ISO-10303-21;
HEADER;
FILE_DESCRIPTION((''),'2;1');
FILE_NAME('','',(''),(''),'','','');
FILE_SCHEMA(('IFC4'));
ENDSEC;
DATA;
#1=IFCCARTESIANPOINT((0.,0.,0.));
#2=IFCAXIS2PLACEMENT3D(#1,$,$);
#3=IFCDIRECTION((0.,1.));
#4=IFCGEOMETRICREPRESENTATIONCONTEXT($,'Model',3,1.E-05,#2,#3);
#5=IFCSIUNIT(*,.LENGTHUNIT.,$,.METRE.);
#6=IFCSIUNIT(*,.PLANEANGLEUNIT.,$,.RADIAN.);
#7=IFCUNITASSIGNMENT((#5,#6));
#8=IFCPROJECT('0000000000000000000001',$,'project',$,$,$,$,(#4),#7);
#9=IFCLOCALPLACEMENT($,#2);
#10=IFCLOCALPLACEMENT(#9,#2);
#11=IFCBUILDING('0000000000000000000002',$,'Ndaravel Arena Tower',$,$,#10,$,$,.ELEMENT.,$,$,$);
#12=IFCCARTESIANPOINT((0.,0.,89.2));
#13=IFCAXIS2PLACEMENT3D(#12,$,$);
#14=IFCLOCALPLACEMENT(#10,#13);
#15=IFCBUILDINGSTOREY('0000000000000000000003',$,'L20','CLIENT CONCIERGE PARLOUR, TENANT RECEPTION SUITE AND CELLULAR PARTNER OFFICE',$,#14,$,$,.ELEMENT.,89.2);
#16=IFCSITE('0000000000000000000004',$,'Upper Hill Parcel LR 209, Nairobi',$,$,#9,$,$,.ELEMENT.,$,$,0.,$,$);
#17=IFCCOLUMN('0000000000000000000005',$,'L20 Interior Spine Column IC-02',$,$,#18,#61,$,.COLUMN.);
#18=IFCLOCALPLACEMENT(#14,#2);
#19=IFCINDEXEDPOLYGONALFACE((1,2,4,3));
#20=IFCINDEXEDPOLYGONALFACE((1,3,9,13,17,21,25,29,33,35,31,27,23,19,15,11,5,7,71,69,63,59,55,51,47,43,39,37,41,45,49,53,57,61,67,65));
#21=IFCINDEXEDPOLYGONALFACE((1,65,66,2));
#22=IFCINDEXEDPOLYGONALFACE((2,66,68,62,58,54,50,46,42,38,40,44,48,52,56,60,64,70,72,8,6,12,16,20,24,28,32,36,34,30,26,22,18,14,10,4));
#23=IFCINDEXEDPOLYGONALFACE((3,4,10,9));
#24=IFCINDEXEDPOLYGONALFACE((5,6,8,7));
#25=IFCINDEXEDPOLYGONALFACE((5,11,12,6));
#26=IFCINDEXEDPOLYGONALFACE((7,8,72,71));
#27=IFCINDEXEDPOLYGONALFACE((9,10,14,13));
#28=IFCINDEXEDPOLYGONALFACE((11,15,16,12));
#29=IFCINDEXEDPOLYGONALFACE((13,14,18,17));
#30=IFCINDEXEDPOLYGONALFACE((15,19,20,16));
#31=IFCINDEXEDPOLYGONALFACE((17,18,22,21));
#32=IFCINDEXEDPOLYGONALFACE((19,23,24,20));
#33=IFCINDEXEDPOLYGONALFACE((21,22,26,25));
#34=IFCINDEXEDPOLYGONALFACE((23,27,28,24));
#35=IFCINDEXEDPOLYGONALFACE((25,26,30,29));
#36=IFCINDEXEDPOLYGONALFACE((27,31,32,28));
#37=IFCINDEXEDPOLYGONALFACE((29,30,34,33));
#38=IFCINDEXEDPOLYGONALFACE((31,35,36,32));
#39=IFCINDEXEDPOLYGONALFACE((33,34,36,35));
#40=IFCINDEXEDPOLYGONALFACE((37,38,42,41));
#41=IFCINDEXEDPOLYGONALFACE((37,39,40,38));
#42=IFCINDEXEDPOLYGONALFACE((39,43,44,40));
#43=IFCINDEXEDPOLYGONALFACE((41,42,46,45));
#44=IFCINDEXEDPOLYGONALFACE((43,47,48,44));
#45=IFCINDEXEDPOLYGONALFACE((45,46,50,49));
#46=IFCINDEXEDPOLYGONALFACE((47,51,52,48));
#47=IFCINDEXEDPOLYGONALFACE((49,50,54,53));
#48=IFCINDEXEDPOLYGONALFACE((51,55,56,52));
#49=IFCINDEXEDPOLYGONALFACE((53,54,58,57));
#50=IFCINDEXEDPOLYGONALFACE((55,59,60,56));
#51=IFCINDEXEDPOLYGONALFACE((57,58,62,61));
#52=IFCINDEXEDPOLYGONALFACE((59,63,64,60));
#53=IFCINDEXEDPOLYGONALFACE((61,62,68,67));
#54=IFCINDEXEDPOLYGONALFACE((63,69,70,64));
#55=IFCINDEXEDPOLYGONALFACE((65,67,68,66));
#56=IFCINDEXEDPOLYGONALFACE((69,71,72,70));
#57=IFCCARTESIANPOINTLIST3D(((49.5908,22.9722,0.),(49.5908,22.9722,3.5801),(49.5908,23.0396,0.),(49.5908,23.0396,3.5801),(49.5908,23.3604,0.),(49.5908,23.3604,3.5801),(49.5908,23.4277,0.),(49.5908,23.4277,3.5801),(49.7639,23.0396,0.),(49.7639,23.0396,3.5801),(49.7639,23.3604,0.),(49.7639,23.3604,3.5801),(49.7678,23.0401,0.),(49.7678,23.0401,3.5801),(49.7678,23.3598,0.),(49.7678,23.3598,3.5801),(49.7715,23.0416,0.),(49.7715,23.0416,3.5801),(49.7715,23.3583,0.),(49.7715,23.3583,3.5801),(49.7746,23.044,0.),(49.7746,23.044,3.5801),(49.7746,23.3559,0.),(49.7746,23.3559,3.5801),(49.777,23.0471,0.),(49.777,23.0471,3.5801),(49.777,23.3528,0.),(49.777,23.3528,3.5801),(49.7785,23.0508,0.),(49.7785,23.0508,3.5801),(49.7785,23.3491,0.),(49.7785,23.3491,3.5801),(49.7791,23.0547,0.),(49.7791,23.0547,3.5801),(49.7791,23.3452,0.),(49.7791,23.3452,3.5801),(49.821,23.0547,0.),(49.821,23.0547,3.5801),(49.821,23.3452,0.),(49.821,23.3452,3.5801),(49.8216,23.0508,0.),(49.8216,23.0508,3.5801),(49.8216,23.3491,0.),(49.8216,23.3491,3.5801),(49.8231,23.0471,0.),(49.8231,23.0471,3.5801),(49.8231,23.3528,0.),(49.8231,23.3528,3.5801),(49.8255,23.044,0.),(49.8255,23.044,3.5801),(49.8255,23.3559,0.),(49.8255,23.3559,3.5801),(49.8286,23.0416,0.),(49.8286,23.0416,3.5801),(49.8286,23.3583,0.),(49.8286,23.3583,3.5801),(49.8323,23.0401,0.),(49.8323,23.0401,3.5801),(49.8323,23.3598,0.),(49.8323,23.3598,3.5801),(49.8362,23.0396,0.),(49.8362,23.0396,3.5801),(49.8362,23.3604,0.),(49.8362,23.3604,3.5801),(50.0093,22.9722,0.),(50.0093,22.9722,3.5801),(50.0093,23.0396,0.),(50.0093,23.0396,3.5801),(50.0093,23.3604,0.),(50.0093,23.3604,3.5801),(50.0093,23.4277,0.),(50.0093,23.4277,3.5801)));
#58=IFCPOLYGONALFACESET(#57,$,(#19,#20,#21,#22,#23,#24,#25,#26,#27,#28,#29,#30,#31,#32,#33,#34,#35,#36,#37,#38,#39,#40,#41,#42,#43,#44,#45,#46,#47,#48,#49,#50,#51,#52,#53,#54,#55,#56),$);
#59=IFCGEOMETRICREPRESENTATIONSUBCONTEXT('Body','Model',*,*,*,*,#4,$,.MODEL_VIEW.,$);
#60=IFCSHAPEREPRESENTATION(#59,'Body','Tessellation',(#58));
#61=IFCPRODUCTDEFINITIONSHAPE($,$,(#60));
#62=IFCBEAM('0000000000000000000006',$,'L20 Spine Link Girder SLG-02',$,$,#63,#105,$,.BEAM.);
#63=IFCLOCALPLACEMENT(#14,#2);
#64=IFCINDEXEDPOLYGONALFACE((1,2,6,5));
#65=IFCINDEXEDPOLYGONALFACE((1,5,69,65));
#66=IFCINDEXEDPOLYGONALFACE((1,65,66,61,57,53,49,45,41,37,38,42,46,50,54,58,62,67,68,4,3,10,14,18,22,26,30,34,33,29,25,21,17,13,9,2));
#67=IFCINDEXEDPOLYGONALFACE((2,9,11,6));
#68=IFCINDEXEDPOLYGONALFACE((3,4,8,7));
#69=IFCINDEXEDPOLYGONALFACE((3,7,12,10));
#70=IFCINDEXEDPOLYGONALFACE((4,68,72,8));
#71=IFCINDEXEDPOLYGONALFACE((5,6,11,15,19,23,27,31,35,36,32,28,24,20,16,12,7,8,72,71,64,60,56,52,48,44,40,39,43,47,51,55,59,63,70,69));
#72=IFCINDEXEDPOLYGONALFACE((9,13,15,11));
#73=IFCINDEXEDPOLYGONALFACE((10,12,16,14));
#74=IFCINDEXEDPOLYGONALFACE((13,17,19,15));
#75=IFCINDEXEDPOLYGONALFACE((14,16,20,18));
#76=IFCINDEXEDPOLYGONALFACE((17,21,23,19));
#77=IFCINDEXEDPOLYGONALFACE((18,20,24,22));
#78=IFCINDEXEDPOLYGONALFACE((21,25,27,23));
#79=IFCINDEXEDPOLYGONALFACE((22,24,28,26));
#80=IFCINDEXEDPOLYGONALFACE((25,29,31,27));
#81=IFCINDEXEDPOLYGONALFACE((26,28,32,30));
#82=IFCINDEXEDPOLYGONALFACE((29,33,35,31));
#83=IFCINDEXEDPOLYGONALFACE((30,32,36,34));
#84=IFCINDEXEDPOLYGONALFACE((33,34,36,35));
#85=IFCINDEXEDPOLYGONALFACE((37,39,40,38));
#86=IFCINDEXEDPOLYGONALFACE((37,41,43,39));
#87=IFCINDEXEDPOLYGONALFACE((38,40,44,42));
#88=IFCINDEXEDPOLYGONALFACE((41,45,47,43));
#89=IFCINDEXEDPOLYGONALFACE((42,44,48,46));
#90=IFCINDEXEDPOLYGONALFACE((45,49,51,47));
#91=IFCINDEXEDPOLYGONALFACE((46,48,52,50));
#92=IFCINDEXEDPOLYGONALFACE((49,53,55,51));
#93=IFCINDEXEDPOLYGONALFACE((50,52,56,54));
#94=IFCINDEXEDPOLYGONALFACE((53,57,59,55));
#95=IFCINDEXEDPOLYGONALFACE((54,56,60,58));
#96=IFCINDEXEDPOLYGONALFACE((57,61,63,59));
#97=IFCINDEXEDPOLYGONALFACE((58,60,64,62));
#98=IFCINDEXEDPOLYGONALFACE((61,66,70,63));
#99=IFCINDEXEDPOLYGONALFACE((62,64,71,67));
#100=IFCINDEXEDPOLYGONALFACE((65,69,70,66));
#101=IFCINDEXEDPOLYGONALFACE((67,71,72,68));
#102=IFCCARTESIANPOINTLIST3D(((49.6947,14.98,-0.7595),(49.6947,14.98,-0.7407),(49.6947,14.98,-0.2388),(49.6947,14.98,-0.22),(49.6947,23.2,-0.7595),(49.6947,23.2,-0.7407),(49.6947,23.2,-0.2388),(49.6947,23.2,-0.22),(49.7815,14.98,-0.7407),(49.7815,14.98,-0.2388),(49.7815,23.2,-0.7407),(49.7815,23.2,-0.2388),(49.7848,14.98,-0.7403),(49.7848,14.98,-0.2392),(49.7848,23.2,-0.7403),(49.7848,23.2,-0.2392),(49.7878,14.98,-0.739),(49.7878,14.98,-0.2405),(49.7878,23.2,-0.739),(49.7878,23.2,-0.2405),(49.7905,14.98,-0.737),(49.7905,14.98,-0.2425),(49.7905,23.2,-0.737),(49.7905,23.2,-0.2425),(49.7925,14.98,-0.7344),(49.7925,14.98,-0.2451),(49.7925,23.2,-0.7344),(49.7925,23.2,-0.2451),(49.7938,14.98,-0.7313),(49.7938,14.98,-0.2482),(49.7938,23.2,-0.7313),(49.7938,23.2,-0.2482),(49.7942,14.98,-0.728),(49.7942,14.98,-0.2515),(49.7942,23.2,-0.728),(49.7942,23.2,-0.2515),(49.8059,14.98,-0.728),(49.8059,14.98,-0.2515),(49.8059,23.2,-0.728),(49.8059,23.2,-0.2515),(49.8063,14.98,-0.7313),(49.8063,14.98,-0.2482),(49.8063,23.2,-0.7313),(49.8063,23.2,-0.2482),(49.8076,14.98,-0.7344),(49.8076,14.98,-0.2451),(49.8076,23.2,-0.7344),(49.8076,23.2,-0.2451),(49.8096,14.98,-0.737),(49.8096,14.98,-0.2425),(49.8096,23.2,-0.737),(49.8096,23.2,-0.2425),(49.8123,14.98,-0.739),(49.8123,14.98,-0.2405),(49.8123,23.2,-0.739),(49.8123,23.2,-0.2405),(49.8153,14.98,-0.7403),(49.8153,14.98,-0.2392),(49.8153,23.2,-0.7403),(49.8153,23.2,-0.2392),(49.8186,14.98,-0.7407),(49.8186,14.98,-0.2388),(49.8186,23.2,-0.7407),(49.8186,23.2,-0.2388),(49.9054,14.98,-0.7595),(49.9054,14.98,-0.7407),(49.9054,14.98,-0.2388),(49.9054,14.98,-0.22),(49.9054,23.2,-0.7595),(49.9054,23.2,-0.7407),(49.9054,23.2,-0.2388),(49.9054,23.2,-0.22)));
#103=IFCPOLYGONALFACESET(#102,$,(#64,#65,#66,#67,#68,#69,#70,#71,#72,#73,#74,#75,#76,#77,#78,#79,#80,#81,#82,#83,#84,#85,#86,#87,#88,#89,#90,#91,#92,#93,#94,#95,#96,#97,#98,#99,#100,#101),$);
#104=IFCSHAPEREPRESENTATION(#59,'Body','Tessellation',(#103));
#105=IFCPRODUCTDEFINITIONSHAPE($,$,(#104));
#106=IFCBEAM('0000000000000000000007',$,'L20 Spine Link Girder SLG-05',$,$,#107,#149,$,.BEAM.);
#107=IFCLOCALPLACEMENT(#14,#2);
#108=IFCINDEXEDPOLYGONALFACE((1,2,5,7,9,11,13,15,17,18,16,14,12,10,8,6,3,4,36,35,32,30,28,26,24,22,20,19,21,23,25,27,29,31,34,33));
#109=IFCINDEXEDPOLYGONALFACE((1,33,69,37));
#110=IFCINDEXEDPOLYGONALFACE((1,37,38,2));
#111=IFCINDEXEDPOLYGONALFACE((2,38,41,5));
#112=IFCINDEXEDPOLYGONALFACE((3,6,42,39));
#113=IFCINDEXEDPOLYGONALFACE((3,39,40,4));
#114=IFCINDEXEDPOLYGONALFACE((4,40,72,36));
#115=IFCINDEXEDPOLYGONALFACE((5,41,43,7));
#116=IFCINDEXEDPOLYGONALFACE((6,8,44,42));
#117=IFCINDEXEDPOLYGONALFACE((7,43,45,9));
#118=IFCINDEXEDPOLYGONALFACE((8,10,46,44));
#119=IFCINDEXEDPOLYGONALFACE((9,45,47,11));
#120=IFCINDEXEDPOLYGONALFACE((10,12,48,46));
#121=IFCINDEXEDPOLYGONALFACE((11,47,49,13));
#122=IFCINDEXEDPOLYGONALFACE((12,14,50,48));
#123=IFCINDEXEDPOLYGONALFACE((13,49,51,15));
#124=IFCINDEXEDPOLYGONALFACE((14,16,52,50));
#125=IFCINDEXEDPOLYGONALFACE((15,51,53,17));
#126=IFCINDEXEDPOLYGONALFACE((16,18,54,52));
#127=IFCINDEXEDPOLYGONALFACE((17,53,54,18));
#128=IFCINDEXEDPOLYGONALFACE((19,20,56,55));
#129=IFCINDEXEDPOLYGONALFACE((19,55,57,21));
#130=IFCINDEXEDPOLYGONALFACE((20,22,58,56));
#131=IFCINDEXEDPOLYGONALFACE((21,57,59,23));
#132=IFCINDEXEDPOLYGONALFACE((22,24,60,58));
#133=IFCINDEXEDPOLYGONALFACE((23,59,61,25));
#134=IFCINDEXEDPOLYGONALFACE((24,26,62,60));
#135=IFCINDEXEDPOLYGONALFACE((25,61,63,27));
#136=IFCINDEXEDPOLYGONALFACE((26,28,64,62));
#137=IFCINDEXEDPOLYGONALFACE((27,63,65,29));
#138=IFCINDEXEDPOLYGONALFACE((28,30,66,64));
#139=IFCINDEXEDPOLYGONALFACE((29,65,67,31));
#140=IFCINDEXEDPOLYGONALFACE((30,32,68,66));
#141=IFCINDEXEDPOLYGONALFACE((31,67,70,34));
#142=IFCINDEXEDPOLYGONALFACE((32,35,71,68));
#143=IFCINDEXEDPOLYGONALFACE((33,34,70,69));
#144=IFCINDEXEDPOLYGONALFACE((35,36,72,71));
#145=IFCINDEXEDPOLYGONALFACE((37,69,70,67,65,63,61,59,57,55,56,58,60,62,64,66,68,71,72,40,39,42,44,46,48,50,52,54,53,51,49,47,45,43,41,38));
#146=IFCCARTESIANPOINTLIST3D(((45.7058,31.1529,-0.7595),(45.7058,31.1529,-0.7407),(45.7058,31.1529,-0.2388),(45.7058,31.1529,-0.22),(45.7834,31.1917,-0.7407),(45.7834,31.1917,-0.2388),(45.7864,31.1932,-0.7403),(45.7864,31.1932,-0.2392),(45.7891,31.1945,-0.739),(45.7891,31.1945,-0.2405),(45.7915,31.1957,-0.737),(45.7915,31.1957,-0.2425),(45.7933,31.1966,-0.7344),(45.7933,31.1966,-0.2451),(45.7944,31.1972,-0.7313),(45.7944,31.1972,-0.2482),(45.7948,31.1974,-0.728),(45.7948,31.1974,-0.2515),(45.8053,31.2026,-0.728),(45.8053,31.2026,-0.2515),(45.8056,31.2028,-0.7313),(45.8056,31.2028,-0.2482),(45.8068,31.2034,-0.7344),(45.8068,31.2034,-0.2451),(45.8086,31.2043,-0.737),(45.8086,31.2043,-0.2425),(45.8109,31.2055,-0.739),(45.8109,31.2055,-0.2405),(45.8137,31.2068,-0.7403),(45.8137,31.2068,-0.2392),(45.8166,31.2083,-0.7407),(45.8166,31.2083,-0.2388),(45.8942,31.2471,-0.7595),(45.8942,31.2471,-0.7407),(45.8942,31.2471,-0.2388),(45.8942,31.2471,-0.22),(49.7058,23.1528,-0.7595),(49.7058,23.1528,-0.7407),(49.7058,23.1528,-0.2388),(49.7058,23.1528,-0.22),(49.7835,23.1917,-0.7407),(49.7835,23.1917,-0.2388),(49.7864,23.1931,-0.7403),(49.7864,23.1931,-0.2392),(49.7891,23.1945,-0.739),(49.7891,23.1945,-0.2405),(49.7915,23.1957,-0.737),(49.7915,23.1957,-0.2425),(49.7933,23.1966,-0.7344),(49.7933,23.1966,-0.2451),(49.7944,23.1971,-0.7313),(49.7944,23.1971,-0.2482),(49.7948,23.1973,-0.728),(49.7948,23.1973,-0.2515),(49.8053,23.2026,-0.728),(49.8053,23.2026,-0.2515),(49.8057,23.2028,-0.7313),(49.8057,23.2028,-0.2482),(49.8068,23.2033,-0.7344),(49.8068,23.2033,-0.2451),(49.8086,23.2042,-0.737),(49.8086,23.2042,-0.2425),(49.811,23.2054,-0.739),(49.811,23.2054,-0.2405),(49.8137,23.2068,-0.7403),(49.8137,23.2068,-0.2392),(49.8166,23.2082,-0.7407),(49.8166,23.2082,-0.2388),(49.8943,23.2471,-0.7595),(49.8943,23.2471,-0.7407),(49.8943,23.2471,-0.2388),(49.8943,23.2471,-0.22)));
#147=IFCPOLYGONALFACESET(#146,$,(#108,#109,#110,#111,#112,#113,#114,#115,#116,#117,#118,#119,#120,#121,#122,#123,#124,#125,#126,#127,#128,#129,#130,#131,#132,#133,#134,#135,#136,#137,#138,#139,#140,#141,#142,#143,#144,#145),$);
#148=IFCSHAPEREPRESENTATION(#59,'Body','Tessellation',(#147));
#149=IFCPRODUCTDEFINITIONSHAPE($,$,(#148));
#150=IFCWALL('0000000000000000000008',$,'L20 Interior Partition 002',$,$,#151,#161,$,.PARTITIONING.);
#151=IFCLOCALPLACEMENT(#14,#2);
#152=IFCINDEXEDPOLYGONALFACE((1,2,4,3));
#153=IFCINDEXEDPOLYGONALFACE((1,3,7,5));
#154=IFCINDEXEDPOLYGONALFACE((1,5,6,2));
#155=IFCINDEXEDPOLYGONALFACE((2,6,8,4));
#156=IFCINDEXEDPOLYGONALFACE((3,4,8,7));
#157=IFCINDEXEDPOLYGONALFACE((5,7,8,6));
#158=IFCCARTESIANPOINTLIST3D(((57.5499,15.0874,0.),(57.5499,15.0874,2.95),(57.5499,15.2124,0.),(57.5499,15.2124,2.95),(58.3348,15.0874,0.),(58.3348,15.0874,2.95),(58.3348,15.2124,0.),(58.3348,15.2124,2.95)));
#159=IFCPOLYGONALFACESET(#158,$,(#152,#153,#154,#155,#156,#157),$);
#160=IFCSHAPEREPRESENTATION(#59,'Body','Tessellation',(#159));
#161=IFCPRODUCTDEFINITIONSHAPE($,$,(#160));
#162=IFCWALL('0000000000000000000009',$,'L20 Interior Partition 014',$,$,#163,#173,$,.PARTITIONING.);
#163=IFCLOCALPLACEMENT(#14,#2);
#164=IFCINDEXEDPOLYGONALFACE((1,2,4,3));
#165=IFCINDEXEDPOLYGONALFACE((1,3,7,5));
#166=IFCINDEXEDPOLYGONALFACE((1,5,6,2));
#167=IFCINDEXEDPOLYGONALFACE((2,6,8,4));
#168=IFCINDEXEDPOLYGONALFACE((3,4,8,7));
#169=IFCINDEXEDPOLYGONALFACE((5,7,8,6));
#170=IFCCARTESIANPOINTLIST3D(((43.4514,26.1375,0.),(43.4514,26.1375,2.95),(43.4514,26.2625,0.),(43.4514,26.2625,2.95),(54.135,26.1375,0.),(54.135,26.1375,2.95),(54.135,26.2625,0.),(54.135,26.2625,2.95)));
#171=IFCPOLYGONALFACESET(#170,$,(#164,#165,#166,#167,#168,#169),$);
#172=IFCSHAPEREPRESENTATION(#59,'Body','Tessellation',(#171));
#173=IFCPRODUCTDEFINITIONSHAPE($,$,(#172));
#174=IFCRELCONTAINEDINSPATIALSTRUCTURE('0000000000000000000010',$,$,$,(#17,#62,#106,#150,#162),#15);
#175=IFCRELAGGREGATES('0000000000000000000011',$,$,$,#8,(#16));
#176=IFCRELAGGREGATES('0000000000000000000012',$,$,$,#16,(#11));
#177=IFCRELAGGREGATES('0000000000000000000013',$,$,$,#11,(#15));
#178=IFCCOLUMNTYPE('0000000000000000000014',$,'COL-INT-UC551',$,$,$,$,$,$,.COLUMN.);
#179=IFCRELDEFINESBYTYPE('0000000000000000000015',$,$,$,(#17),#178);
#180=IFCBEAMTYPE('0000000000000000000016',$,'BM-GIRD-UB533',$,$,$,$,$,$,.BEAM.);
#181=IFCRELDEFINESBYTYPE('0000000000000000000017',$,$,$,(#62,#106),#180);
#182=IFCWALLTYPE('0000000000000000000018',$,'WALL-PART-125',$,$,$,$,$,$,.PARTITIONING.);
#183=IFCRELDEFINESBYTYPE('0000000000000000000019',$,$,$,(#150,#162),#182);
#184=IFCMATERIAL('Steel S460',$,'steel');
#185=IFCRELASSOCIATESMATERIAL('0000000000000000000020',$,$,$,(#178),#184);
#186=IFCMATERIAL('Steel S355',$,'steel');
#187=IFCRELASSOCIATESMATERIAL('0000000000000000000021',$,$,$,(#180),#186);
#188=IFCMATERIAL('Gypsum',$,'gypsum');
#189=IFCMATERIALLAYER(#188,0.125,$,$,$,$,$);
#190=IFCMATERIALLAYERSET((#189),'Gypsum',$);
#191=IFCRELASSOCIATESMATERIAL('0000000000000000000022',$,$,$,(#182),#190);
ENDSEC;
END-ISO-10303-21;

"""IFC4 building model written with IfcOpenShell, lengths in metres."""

from ifc_helpers import new_model, si_unit, direction, frame, frame_2d, origin, origin_2d, place, context, subcontext, project, spatial, rectangle, i_section, extrude, material, layer, layer_set, material_profile, profile_set, type_object, element, save


model = new_model("IFC4")

# Units and contexts
model_context = context("Model", 3, precision=1e-05, world=origin(), true_north=direction((0.0, 1.0)))
body_context = subcontext(model_context, "Body", "Model", "MODEL_VIEW")
ifc_project = project(units=[si_unit("LENGTHUNIT", "METRE"), si_unit("PLANEANGLEUNIT", "RADIAN")], contexts=[model_context])

# Site, building, storey
site_placement = place(None, origin())
site = spatial("IfcSite", under=ifc_project, at=site_placement, Name="Upper Hill Parcel LR 209, Nairobi", CompositionType="ELEMENT", RefElevation=0.0)
building_placement = place(site_placement, origin())
building = spatial("IfcBuilding", under=site, at=building_placement, Name="Ndaravel Arena Tower", CompositionType="ELEMENT")
storey_placement = place(building_placement, frame((0.0, 0.0, 89.2)))
storey = spatial("IfcBuildingStorey", under=building, at=storey_placement, Name="L20", Description="CLIENT CONCIERGE PARLOUR, TENANT RECEPTION SUITE AND CELLULAR PARTNER OFFICE", CompositionType="ELEMENT", Elevation=89.2)

# Column
ifc_material_1 = material(Name="Steel S460", Category="steel")
ifc_material_profile_1 = material_profile(ifc_material_1, i_section(OverallWidth=0.4185, OverallDepth=0.4556, WebThickness=0.042, FlangeThickness=0.0674, FilletRadius=0.0151, at=origin_2d()), Name="UC 356x406x551")
ifc_profile_set_1 = profile_set([ifc_material_profile_1], Name="Steel S460")
column_type = type_object("IfcColumnType", Name="COL-INT-UC551", PredefinedType="COLUMN", material=ifc_profile_set_1)
column_placement = place(storey_placement, frame((49.8, 23.2, 0.0), z_axis=(0.0, 0.0, 1.0), x_axis=(1.0, 0.0, 0.0)))
element("IfcColumn", 1, at=column_placement, inside=storey, type_object=column_type, Name="L20 Interior Spine Column IC-02", PredefinedType="COLUMN", context=body_context, shape_type="SweptSolid", body=[
    extrude(i_section(OverallWidth=0.4185, OverallDepth=0.4556, WebThickness=0.042, FlangeThickness=0.0674, FilletRadius=0.0151, at=origin_2d()), origin(), (0.0, 0.0, 1.0), 3.5801),
])

# Beams
ifc_material_2 = material(Name="Steel S355", Category="steel")
ifc_material_profile_2 = material_profile(ifc_material_2, i_section(OverallWidth=0.2107, OverallDepth=0.5396, WebThickness=0.0117, FlangeThickness=0.0188, FilletRadius=0.0127, at=origin_2d()), Name="UB 533x210x109")
ifc_profile_set_2 = profile_set([ifc_material_profile_2], Name="Steel S355")
beam_type = type_object("IfcBeamType", Name="BM-GIRD-UB533", PredefinedType="BEAM", material=ifc_profile_set_2)
beam_1_placement = place(storey_placement, frame((49.8, 14.98, -0.4897), z_axis=(0.0, 1.0, 0.0), x_axis=(-1.0, 0.0, 0.0)))
element("IfcBeam", 2, at=beam_1_placement, inside=storey, type_object=beam_type, Name="L20 Spine Link Girder SLG-02", PredefinedType="BEAM", context=body_context, shape_type="SweptSolid", body=[
    extrude(i_section(OverallWidth=0.2107, OverallDepth=0.5396, WebThickness=0.0117, FlangeThickness=0.0188, FilletRadius=0.0127, at=origin_2d()), origin(), (0.0, 0.0, 1.0), 8.22),
])
beam_2_placement = place(storey_placement, frame((49.8, 23.2, -0.4897), z_axis=(-0.447214, 0.894427, 0.0), x_axis=(-0.894427, -0.447214, 0.0)))
element("IfcBeam", 3, at=beam_2_placement, inside=storey, type_object=beam_type, Name="L20 Spine Link Girder SLG-05", PredefinedType="BEAM", context=body_context, shape_type="SweptSolid", body=[
    extrude(i_section(OverallWidth=0.2107, OverallDepth=0.5396, WebThickness=0.0117, FlangeThickness=0.0188, FilletRadius=0.0127, at=origin_2d()), origin(), (0.0, 0.0, 1.0), 8.9443),
])

# Walls
ifc_material_3 = material(Name="Gypsum", Category="gypsum")
ifc_layer_1 = layer(ifc_material_3, 0.125)
ifc_layer_set_1 = layer_set([ifc_layer_1], Name="Gypsum")
wall_type_1 = type_object("IfcWallType", Name="WALL-PART-125", PredefinedType="PARTITIONING", material=ifc_layer_set_1)
wall_1_placement = place(storey_placement, frame((58.335, 15.1499, 0.0), z_axis=(0.0, 0.0, 1.0), x_axis=(-1.0, 0.0, 0.0)))
element("IfcWall", 4, at=wall_1_placement, inside=storey, type_object=wall_type_1, Name="L20 Interior Partition 002", PredefinedType="PARTITIONING", context=body_context, shape_type="SweptSolid", body=[
    extrude(rectangle(XDim=0.7849, YDim=0.125, at=frame_2d((0.3926, 0.0))), origin(), (0.0, 0.0, 1.0), 2.95),
])
wall_2_placement = place(storey_placement, frame((54.135, 26.2, 0.0), z_axis=(0.0, 0.0, 1.0), x_axis=(-1.0, 0.0, 0.0)))
element("IfcWall", 5, at=wall_2_placement, inside=storey, type_object=wall_type_1, Name="L20 Interior Partition 014", PredefinedType="PARTITIONING", context=body_context, shape_type="SweptSolid", body=[
    extrude(rectangle(XDim=10.6836, YDim=0.125, at=frame_2d((5.3418, 0.0))), origin(), (0.0, 0.0, 1.0), 2.95),
])

save(model, "model.ifc")
